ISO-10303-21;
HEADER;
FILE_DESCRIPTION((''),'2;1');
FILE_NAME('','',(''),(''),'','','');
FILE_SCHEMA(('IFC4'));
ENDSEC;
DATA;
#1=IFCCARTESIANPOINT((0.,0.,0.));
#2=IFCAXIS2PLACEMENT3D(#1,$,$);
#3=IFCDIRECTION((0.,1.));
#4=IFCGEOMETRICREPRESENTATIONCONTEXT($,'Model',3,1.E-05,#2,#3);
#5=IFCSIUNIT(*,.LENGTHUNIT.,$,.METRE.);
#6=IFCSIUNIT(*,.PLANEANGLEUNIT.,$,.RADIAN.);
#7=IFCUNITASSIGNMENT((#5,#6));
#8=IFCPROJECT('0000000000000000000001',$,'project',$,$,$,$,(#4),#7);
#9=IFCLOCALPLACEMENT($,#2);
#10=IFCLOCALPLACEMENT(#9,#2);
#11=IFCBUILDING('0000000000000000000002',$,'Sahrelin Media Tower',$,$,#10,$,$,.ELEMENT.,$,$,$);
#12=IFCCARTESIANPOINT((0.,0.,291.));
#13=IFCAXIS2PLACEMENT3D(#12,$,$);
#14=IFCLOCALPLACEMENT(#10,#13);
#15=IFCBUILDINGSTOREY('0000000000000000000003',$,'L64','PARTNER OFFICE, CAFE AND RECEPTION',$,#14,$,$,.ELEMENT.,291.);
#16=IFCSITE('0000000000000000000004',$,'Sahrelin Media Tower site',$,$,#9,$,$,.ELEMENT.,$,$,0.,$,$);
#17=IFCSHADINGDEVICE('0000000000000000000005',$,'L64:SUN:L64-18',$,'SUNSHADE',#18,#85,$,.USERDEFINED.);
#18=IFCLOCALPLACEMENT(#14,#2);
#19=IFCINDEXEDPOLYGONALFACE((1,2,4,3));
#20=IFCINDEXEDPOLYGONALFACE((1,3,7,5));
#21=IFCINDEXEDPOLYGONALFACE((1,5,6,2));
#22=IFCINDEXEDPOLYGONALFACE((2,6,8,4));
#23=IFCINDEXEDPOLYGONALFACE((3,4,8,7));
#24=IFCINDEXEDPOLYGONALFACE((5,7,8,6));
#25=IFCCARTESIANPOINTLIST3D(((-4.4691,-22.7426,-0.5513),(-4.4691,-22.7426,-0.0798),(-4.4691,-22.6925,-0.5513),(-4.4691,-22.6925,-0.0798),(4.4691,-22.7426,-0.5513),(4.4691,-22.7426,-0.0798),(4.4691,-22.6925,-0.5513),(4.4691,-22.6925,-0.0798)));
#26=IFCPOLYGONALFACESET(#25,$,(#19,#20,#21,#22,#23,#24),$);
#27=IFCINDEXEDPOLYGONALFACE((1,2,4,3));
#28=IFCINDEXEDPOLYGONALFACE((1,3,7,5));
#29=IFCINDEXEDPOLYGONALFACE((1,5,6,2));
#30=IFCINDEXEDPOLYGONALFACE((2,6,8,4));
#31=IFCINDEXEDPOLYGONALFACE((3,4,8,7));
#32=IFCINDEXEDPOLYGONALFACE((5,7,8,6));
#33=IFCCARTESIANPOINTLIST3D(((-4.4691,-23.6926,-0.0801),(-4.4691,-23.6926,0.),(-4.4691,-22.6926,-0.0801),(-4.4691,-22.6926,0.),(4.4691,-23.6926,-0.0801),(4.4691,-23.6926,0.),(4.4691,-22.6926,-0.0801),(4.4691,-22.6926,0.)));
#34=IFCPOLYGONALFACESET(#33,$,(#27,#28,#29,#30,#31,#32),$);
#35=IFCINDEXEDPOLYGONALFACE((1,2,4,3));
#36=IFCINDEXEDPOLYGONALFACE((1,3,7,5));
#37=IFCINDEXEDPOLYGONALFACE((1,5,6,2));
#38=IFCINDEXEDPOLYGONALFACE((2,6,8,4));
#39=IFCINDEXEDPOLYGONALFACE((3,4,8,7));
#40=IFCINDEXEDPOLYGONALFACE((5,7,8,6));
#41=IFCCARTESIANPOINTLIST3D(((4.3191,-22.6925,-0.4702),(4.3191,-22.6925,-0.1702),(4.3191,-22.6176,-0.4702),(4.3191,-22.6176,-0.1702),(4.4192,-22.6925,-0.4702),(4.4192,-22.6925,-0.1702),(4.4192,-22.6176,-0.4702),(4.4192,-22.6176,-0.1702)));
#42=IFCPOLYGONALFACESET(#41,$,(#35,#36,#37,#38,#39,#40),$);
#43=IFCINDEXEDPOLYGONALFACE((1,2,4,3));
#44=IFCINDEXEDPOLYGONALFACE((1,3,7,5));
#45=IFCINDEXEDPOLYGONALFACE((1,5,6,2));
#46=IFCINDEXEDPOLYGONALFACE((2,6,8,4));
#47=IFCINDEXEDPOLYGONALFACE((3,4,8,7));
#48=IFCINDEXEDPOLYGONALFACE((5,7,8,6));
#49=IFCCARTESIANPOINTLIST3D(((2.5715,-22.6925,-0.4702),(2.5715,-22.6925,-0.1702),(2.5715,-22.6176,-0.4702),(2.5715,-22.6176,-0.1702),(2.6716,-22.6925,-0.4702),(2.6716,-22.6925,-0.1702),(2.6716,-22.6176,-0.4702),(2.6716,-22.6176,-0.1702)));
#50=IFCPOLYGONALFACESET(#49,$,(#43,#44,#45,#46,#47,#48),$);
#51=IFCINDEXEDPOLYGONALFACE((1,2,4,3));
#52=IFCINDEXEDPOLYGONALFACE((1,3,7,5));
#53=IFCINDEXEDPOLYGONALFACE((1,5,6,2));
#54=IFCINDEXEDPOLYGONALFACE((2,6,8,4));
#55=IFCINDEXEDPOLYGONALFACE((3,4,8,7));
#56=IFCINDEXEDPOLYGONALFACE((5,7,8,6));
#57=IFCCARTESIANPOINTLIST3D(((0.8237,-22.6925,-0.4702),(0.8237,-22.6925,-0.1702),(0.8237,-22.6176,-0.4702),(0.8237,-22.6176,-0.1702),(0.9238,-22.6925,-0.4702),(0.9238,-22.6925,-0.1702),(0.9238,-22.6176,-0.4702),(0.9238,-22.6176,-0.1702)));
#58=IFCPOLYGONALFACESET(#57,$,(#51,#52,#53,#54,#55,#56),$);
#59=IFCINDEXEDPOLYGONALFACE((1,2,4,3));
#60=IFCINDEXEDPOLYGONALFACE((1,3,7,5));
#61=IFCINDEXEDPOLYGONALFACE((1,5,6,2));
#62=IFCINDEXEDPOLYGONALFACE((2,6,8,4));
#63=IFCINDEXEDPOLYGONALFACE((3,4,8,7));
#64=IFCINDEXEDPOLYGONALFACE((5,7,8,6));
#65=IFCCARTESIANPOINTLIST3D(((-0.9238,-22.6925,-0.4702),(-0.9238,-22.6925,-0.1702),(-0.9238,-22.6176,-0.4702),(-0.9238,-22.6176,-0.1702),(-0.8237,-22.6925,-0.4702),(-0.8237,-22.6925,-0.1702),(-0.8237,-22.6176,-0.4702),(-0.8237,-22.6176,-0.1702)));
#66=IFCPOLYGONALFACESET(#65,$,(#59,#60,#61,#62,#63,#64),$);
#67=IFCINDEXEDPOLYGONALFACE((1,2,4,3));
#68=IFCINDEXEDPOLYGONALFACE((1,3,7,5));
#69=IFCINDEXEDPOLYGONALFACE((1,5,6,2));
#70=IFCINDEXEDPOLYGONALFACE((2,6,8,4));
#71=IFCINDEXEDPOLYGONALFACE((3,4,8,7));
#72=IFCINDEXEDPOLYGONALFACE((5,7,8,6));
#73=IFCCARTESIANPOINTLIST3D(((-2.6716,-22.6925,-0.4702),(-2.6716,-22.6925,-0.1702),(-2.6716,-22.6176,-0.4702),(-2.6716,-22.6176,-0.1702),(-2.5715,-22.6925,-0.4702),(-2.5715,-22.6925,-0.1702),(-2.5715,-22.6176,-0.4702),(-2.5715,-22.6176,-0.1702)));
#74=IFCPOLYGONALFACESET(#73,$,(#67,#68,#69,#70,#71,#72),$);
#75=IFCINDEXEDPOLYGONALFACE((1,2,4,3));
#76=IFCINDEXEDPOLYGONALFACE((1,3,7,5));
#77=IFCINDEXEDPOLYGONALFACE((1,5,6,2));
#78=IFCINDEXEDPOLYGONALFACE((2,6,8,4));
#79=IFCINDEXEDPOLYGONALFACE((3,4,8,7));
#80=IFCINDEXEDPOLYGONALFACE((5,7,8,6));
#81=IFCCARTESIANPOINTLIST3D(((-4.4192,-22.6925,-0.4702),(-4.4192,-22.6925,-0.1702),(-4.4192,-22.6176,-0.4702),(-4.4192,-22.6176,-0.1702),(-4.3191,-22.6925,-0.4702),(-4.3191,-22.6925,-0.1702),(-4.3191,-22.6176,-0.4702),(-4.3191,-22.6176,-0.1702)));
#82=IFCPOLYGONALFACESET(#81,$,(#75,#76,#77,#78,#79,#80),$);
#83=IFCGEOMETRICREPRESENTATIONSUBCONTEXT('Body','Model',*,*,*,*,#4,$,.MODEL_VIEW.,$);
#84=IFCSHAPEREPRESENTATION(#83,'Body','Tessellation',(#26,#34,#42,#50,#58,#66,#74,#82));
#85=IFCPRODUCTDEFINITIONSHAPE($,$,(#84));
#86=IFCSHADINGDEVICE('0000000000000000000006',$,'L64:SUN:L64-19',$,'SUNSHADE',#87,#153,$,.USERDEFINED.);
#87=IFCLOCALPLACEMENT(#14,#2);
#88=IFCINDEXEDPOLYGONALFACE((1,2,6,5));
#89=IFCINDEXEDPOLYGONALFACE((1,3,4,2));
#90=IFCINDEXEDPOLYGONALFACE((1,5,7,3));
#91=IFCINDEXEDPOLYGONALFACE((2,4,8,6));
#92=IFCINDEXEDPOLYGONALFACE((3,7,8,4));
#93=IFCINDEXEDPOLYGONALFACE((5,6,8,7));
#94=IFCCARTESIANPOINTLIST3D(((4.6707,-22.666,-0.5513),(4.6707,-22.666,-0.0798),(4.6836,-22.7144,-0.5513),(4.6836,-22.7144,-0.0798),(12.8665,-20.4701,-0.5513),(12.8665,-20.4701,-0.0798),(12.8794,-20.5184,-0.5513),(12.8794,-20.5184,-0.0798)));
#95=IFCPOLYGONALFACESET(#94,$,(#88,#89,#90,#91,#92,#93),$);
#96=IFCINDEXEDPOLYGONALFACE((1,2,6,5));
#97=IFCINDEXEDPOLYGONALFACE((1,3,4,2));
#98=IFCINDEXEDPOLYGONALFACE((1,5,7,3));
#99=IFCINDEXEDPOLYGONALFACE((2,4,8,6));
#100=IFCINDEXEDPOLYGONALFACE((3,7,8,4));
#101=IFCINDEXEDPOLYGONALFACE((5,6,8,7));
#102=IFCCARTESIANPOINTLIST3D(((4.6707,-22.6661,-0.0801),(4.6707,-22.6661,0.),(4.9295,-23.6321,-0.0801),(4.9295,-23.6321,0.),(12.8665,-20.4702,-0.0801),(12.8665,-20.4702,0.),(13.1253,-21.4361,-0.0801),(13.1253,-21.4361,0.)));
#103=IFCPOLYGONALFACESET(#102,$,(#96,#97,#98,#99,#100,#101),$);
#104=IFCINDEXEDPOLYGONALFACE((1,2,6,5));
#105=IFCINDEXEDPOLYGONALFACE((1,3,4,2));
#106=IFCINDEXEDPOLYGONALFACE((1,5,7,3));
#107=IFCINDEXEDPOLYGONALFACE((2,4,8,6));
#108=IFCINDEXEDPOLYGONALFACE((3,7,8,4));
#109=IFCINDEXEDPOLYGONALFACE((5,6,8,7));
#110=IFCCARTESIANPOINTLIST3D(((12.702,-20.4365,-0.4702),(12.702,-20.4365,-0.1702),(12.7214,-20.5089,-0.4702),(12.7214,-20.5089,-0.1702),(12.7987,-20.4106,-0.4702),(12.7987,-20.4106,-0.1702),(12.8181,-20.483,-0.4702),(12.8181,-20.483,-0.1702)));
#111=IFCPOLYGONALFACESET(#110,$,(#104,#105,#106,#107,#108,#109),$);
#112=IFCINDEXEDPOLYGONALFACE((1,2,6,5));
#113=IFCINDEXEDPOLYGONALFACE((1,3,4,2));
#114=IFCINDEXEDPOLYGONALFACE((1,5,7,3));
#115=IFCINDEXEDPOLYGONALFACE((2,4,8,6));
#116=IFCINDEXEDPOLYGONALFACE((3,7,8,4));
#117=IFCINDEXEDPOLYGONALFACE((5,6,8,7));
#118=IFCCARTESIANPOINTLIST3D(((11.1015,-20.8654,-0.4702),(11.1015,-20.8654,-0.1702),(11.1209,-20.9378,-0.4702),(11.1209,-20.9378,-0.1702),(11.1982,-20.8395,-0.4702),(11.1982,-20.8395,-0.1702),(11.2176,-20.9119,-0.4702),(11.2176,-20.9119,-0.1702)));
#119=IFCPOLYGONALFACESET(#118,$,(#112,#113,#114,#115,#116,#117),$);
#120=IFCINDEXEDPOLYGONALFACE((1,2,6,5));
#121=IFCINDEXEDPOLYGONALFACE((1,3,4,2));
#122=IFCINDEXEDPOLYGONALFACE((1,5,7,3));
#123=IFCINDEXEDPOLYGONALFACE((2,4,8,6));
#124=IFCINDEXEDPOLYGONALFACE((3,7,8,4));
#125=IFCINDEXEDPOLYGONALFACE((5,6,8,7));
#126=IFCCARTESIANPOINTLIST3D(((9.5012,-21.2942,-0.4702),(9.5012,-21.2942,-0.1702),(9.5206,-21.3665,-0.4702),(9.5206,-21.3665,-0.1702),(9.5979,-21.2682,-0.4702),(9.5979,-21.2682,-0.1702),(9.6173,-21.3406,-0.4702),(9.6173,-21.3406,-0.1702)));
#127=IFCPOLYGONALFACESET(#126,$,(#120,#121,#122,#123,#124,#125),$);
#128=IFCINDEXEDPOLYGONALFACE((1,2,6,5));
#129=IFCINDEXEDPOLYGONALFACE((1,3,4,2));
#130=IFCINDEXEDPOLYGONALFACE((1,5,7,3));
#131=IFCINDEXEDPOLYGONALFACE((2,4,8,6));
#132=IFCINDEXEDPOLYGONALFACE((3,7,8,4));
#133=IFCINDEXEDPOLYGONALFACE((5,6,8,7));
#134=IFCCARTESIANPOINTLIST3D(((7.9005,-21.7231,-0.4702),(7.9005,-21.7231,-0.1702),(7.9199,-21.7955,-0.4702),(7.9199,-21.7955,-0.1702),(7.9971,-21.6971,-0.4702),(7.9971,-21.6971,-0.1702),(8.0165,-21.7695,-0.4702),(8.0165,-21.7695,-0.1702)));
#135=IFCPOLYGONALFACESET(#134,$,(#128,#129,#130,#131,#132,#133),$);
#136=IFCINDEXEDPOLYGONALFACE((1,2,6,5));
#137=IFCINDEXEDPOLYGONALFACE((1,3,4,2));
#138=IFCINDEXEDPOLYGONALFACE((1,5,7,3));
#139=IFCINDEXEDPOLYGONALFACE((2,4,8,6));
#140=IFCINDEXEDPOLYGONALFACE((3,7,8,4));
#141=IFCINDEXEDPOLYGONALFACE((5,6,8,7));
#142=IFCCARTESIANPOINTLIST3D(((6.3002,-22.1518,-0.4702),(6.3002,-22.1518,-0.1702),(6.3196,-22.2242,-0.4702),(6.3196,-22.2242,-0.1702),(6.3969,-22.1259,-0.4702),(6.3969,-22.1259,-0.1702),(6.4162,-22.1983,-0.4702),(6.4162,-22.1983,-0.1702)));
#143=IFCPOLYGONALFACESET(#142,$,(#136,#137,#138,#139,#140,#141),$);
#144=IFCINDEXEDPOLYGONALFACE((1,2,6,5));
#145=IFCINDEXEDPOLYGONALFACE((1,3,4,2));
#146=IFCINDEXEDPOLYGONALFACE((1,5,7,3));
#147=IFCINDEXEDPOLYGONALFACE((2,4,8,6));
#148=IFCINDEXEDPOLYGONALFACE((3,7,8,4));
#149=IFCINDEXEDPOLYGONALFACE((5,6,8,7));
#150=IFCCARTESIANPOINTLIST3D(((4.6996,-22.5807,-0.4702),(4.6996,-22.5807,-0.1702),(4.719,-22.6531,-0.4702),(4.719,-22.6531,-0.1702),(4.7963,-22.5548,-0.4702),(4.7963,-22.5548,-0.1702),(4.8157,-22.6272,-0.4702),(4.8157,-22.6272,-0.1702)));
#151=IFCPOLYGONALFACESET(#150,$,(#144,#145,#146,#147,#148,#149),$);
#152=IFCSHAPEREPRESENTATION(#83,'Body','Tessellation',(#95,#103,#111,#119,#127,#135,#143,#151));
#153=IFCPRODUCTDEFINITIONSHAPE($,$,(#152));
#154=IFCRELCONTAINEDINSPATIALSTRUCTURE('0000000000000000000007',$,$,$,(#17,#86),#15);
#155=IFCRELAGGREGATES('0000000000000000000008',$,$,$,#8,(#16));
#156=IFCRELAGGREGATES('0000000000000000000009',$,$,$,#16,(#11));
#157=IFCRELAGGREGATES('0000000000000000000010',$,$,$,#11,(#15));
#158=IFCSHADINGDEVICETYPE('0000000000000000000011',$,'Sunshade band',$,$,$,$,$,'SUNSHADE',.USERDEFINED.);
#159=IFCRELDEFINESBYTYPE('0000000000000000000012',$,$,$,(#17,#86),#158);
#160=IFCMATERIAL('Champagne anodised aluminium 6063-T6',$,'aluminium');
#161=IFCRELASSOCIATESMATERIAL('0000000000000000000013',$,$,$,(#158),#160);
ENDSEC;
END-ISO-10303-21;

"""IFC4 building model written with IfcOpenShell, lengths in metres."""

from ifc_helpers import new_model, si_unit, direction, frame, origin, origin_2d, place, context, subcontext, project, spatial, rectangle, extrude, material, type_object, element, save


model = new_model("IFC4")

# Units and contexts
model_context = context("Model", 3, precision=1e-05, world=origin(), true_north=direction((0.0, 1.0)))
body_context = subcontext(model_context, "Body", "Model", "MODEL_VIEW")
ifc_project = project(units=[si_unit("LENGTHUNIT", "METRE"), si_unit("PLANEANGLEUNIT", "RADIAN")], contexts=[model_context])

# Site, building, storey
site_placement = place(None, origin())
site = spatial("IfcSite", under=ifc_project, at=site_placement, Name="Sahrelin Media Tower site", CompositionType="ELEMENT", RefElevation=0.0)
building_placement = place(site_placement, origin())
building = spatial("IfcBuilding", under=site, at=building_placement, Name="Sahrelin Media Tower", CompositionType="ELEMENT")
storey_placement = place(building_placement, frame((0.0, 0.0, 291.0)))
storey = spatial("IfcBuildingStorey", under=building, at=storey_placement, Name="L64", Description="PARTNER OFFICE, CAFE AND RECEPTION", CompositionType="ELEMENT", Elevation=291.0)

# Shared definitions
ifc_material_1 = material(Name="Champagne anodised aluminium 6063-T6", Category="aluminium")

# Shading devices
placement_1 = place(storey_placement, frame((0.0, -22.6726, 0.0), z_axis=(0.0, 0.0, 1.0), x_axis=(-1.0, 0.0, 0.0)))
placement_2 = place(storey_placement, frame((8.7634, -21.5488, 0.0), z_axis=(0.0, 0.0, 1.0), x_axis=(-0.965929, -0.258808, 0.0)))
shading_device_type_1 = type_object("IfcShadingDeviceType", Name="Sunshade band", ElementType="SUNSHADE", PredefinedType="USERDEFINED", material=ifc_material_1)
element("IfcShadingDevice", 1, at=placement_1, inside=storey, type_object=shading_device_type_1, Name="L64:SUN:L64-18", ObjectType="SUNSHADE", PredefinedType="USERDEFINED", context=body_context, shape_type="SweptSolid", body=[
    extrude(rectangle(XDim=8.9382, YDim=0.05, at=origin_2d()), frame((0.0, 0.0449, -0.5513)), (0.0, 0.0, 1.0), 0.4714),
    extrude(rectangle(XDim=8.9382, YDim=1.0, at=origin_2d()), frame((0.0, 0.52, -0.0801)), (0.0, 0.0, 1.0), 0.0801),
    extrude(rectangle(XDim=0.1001, YDim=0.075, at=origin_2d()), frame((-4.3691, -0.0176, -0.4702)), (0.0, 0.0, 1.0), 0.3),
    extrude(rectangle(XDim=0.1001, YDim=0.075, at=origin_2d()), frame((-2.6216, -0.0176, -0.4702)), (0.0, 0.0, 1.0), 0.3),
    extrude(rectangle(XDim=0.1001, YDim=0.075, at=origin_2d()), frame((-0.8738, -0.0176, -0.4702)), (0.0, 0.0, 1.0), 0.3),
    extrude(rectangle(XDim=0.1001, YDim=0.075, at=origin_2d()), frame((0.8738, -0.0176, -0.4702)), (0.0, 0.0, 1.0), 0.3),
    extrude(rectangle(XDim=0.1001, YDim=0.075, at=origin_2d()), frame((2.6216, -0.0176, -0.4702)), (0.0, 0.0, 1.0), 0.3),
    extrude(rectangle(XDim=0.1001, YDim=0.075, at=origin_2d()), frame((4.3691, -0.0176, -0.4702)), (0.0, 0.0, 1.0), 0.3),
])
element("IfcShadingDevice", 2, at=placement_2, inside=storey, type_object=shading_device_type_1, Name="L64:SUN:L64-19", ObjectType="SUNSHADE", PredefinedType="USERDEFINED", context=body_context, shape_type="SweptSolid", body=[
    extrude(rectangle(XDim=8.4849, YDim=0.05, at=origin_2d()), frame((0.0, 0.0449, -0.5513)), (0.0, 0.0, 1.0), 0.4714),
    extrude(rectangle(XDim=8.4849, YDim=1.0, at=origin_2d()), frame((0.0, 0.52, -0.0801)), (0.0, 0.0, 1.0), 0.0801),
    extrude(rectangle(XDim=0.1001, YDim=0.075, at=origin_2d()), frame((-4.1423, -0.0176, -0.4702)), (0.0, 0.0, 1.0), 0.3),
    extrude(rectangle(XDim=0.1001, YDim=0.075, at=origin_2d()), frame((-2.4854, -0.0176, -0.4702)), (0.0, 0.0, 1.0), 0.3),
    extrude(rectangle(XDim=0.1001, YDim=0.075, at=origin_2d()), frame((-0.8286, -0.0176, -0.4702)), (0.0, 0.0, 1.0), 0.3),
    extrude(rectangle(XDim=0.1001, YDim=0.075, at=origin_2d()), frame((0.8286, -0.0176, -0.4702)), (0.0, 0.0, 1.0), 0.3),
    extrude(rectangle(XDim=0.1001, YDim=0.075, at=origin_2d()), frame((2.4854, -0.0176, -0.4702)), (0.0, 0.0, 1.0), 0.3),
    extrude(rectangle(XDim=0.1001, YDim=0.075, at=origin_2d()), frame((4.1423, -0.0176, -0.4702)), (0.0, 0.0, 1.0), 0.3),
])

save(model, "model.ifc")
